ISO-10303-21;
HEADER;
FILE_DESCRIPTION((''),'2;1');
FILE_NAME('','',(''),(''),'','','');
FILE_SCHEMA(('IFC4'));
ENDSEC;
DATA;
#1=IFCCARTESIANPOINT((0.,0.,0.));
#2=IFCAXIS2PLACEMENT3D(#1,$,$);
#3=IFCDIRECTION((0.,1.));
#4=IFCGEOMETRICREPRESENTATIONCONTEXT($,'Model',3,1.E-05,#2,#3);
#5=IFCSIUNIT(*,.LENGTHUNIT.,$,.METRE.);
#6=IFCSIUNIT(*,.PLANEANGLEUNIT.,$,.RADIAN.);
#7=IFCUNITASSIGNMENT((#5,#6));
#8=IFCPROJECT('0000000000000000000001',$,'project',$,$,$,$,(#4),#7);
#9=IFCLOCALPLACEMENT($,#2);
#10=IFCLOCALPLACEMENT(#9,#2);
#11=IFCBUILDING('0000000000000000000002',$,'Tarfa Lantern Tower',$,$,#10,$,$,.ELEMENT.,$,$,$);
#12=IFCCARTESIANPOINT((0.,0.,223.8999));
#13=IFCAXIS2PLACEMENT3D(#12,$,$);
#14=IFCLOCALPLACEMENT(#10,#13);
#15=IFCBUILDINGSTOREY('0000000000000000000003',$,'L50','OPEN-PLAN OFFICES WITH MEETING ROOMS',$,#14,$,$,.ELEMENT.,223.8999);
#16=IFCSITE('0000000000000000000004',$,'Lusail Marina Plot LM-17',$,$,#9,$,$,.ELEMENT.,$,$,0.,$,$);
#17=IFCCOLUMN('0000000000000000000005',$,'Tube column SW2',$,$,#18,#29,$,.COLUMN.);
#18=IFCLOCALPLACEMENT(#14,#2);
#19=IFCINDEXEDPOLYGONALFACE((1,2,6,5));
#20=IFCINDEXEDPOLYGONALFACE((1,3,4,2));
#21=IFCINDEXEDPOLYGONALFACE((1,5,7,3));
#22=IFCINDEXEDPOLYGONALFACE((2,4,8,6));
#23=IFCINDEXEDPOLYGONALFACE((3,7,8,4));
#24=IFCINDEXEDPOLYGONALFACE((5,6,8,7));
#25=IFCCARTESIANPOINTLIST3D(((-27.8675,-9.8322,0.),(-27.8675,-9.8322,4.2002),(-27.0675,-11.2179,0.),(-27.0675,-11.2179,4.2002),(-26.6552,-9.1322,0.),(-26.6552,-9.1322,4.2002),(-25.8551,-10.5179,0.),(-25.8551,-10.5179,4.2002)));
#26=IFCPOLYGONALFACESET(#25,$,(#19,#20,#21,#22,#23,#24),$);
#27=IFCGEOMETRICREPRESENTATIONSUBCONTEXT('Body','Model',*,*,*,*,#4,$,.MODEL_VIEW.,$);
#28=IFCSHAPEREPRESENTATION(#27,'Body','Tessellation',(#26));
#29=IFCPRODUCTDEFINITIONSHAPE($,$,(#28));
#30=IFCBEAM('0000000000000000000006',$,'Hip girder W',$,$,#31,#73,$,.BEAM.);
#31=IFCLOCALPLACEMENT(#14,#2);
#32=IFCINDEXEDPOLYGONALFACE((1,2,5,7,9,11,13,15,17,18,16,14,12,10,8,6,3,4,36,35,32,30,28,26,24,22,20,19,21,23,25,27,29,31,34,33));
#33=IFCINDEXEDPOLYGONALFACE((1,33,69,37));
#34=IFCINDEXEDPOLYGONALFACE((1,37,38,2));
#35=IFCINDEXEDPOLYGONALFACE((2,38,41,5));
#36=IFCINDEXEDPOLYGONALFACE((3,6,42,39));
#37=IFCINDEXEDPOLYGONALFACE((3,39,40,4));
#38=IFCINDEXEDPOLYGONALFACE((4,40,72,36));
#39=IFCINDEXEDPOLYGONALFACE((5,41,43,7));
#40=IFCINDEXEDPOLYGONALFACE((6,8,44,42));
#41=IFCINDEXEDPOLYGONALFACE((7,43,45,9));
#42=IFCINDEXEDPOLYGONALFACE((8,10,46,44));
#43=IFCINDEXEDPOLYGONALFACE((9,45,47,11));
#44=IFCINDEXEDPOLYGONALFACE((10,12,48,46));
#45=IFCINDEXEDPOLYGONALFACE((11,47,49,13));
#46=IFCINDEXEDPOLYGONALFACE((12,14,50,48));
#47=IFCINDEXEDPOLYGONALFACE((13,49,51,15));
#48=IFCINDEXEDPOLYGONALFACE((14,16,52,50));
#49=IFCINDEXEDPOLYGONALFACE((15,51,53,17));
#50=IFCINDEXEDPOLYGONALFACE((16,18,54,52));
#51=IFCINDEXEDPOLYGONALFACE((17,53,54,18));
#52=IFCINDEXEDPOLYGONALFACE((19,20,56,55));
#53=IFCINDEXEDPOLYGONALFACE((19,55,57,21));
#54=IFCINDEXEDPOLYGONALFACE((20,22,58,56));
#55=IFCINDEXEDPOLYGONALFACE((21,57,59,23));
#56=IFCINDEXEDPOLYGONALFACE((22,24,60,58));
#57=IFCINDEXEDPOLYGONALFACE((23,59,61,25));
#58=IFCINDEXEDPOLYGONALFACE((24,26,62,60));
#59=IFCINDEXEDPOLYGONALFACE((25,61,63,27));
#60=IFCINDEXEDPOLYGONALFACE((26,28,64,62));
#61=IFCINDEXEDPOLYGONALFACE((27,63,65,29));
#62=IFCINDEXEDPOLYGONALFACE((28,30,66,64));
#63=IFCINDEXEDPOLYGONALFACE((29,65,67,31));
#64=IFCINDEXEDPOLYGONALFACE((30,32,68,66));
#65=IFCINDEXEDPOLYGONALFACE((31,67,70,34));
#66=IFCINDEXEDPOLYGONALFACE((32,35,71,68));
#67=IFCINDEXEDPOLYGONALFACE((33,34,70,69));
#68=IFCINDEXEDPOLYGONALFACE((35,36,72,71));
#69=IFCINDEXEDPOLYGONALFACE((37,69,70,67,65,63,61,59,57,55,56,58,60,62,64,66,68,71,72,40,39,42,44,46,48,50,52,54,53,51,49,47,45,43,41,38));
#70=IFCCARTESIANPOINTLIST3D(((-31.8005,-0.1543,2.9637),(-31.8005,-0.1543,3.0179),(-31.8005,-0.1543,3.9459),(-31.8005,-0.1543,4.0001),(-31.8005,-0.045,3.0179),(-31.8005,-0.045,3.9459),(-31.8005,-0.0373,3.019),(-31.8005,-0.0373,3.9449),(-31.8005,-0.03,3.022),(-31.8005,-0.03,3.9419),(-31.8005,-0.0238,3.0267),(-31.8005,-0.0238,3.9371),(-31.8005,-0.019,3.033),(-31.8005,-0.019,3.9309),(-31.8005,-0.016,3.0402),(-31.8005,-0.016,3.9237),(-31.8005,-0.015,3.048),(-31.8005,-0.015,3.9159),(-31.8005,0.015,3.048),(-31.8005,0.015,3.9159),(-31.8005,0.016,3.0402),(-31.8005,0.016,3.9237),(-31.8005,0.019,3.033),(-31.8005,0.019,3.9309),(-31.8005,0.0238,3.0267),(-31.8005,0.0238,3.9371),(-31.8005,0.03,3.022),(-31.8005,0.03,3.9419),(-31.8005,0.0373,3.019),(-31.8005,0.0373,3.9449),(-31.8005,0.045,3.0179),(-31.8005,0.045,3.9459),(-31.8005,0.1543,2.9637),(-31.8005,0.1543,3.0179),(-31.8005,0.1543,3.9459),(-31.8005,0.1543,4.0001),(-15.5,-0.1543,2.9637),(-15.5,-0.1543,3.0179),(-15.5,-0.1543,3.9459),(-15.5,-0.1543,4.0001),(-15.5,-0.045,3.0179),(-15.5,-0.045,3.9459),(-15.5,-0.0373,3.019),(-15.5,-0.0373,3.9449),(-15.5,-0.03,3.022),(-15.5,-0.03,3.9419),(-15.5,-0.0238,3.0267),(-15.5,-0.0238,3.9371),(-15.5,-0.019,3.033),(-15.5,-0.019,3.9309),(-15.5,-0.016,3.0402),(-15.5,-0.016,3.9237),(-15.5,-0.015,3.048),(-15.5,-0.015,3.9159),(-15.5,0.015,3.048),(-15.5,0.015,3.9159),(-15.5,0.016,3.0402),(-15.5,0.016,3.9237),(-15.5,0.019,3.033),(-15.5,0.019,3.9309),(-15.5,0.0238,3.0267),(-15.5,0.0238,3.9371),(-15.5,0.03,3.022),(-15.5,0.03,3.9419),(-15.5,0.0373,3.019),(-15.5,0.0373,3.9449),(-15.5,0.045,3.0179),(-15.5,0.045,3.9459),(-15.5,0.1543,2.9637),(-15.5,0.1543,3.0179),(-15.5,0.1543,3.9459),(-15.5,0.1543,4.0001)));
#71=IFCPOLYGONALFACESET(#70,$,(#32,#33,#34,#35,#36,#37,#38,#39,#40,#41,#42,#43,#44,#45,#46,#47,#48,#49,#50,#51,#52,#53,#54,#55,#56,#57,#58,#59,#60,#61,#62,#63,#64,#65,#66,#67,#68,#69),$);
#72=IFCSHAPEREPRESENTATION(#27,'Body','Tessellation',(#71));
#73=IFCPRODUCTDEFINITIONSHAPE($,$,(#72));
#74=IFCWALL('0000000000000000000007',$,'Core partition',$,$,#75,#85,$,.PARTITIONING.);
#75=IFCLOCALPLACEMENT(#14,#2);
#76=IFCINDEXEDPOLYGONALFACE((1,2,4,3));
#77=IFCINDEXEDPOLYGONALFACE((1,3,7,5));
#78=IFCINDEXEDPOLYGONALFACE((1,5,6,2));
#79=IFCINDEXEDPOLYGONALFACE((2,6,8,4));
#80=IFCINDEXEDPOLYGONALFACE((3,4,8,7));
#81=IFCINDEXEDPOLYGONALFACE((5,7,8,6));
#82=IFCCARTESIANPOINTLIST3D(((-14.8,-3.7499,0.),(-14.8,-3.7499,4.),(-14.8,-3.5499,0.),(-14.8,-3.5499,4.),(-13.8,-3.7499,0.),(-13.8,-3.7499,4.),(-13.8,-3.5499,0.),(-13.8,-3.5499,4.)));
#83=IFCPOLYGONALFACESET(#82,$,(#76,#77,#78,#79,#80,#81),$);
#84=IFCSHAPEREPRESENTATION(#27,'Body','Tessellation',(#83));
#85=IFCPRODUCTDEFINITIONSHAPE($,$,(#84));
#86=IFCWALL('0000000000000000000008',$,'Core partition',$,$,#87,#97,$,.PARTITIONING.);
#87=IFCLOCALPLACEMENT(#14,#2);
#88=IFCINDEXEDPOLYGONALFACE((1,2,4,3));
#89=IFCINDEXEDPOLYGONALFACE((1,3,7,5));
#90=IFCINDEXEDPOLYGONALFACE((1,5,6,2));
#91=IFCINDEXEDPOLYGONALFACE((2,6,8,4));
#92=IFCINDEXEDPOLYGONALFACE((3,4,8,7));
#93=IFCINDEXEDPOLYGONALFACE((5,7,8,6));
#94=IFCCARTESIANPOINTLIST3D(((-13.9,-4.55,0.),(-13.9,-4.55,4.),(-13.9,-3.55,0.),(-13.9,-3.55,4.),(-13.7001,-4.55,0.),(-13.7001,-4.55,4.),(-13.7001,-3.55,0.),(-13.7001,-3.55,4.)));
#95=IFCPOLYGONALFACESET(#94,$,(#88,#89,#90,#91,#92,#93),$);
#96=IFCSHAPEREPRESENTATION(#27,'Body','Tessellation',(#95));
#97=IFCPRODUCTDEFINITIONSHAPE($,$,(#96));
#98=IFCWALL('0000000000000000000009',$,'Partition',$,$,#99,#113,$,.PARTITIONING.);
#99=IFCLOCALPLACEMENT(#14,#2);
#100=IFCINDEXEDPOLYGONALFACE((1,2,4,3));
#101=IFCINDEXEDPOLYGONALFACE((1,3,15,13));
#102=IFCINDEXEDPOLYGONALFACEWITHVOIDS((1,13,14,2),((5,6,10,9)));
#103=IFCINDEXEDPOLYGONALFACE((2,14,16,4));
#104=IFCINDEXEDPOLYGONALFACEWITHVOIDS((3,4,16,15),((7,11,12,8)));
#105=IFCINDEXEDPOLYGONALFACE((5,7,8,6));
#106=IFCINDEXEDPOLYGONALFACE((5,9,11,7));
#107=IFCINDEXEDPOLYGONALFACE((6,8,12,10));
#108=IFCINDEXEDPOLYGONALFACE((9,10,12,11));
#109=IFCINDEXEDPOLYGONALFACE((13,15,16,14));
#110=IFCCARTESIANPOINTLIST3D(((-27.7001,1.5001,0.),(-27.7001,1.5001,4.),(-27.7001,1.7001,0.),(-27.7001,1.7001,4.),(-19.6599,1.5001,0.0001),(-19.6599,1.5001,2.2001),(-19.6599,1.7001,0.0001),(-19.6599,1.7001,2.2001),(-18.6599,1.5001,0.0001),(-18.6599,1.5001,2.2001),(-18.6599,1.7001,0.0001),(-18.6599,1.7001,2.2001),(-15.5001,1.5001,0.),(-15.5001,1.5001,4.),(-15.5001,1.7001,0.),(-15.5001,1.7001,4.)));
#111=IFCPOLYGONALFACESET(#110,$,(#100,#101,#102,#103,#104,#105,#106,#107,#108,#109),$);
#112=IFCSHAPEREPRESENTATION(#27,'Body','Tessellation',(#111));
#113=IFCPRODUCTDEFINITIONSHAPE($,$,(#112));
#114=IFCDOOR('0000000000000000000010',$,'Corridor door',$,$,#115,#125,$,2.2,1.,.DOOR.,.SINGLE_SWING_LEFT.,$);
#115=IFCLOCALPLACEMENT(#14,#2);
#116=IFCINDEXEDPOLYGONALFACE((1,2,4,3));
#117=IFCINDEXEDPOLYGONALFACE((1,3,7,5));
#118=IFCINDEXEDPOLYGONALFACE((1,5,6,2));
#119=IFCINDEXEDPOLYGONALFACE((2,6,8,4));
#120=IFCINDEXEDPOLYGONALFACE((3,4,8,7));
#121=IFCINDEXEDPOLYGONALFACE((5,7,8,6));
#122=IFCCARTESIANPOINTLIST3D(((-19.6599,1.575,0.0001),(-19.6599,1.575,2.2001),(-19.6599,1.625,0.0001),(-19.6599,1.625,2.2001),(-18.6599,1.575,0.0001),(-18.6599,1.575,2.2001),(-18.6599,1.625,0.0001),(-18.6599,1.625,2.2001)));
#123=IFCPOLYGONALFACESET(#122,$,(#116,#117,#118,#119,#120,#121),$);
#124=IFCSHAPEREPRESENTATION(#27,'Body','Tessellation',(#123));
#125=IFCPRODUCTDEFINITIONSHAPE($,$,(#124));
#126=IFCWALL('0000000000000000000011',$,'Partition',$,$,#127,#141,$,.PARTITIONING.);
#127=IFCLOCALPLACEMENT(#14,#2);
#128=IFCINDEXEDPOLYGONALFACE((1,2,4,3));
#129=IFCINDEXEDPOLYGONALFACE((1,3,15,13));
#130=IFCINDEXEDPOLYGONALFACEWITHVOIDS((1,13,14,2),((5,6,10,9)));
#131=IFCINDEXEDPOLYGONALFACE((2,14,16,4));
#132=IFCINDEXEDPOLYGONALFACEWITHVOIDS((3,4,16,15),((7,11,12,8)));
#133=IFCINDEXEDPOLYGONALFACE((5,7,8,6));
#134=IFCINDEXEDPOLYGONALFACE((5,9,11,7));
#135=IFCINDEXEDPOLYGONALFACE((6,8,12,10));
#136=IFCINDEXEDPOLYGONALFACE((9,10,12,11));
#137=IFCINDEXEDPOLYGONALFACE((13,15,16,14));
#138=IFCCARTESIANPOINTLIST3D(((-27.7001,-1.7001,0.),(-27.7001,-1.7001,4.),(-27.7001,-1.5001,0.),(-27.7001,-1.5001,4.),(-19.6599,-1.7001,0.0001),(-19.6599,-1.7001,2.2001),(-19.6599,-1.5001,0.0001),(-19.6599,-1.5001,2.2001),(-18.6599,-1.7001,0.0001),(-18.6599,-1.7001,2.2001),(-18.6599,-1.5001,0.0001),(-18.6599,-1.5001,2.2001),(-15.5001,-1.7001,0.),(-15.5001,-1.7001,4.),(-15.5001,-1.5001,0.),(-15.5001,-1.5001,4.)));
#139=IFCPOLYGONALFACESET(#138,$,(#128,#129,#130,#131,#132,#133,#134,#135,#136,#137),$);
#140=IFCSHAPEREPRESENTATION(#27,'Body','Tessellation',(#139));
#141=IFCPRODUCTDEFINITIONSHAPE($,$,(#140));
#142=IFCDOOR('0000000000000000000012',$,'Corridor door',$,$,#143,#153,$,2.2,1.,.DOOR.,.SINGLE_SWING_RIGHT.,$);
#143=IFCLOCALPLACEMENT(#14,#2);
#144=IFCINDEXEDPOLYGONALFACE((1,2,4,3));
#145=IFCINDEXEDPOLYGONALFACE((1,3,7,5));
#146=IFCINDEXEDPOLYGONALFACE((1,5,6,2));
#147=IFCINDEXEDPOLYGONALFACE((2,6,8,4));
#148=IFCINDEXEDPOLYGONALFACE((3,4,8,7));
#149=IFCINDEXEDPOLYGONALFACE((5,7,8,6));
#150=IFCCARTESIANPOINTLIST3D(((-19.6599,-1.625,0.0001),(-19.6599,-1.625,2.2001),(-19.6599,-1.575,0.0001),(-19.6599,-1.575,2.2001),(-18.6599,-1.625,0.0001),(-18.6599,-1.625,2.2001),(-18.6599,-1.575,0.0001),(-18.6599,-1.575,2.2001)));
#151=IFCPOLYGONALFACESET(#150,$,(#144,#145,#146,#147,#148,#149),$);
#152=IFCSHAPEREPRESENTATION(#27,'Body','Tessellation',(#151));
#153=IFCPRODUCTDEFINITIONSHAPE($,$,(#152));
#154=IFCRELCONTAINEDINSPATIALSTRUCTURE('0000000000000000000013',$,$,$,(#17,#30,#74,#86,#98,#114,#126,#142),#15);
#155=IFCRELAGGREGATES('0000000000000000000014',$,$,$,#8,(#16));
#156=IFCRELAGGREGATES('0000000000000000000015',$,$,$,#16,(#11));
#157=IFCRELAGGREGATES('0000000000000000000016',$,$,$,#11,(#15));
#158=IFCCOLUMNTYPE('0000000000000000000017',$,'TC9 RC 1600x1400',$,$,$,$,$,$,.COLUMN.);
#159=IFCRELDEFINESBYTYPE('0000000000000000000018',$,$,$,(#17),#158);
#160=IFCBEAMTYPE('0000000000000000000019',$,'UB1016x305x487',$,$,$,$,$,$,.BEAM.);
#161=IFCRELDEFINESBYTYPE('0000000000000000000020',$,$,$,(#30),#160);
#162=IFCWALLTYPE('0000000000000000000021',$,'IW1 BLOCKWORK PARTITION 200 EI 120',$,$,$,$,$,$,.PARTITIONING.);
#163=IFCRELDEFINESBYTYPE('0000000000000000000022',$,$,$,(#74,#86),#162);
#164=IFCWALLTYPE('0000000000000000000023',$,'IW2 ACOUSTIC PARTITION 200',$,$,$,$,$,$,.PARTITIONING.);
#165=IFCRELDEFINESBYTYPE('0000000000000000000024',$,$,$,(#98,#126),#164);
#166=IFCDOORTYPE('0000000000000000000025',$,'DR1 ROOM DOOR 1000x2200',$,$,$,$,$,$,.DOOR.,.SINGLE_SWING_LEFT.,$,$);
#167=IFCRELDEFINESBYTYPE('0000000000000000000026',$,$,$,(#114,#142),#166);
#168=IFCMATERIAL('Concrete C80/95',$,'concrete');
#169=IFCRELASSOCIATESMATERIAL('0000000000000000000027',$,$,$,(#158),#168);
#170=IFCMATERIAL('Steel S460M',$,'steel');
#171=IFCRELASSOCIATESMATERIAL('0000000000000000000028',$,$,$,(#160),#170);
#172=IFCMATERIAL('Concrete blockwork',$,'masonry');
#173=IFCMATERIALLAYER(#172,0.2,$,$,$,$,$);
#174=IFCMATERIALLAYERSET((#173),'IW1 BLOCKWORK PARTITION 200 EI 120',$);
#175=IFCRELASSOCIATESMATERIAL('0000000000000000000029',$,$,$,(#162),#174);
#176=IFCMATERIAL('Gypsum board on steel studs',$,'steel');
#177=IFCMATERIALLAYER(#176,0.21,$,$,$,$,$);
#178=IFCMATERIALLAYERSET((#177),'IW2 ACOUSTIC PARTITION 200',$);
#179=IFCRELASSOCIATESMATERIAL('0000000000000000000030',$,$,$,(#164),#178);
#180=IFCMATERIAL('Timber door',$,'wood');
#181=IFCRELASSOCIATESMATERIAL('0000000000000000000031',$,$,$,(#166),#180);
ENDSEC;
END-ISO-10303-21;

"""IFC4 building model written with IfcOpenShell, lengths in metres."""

from ifc_helpers import new_model, si_unit, direction, frame, frame_2d, origin, origin_2d, place, context, subcontext, project, spatial, rectangle, i_section, extrude, material, layer, layer_set, material_profile, profile_set, type_object, element, fill, save


model = new_model("IFC4")

# Units and contexts
model_context = context("Model", 3, precision=1e-05, world=origin(), true_north=direction((0.0, 1.0)))
body_context = subcontext(model_context, "Body", "Model", "MODEL_VIEW")
ifc_project = project(units=[si_unit("LENGTHUNIT", "METRE"), si_unit("PLANEANGLEUNIT", "RADIAN")], contexts=[model_context])

# Site, building, storey
site_placement = place(None, origin())
site = spatial("IfcSite", under=ifc_project, at=site_placement, Name="Lusail Marina Plot LM-17", CompositionType="ELEMENT", RefElevation=0.0)
building_placement = place(site_placement, origin())
building = spatial("IfcBuilding", under=site, at=building_placement, Name="Tarfa Lantern Tower", CompositionType="ELEMENT")
storey_placement = place(building_placement, frame((0.0, 0.0, 223.8999)))
storey = spatial("IfcBuildingStorey", under=building, at=storey_placement, Name="L50", Description="OPEN-PLAN OFFICES WITH MEETING ROOMS", CompositionType="ELEMENT", Elevation=223.8999)

# Column
ifc_material_1 = material(Name="Concrete C80/95", Category="concrete")
ifc_material_profile_1 = material_profile(ifc_material_1, rectangle(XDim=1.6001, YDim=1.3999, at=origin_2d()), Name="RC 1600x1400")
ifc_profile_set_1 = profile_set([ifc_material_profile_1], Name="Concrete C80/95")
column_type = type_object("IfcColumnType", Name="TC9 RC 1600x1400", PredefinedType="COLUMN", material=ifc_profile_set_1)
column_placement = place(storey_placement, frame((-26.8613, -10.175, 0.0), z_axis=(0.0, 0.0, 1.0), x_axis=(0.5, -0.866025, 0.0)))
element("IfcColumn", 1, at=column_placement, inside=storey, type_object=column_type, Name="Tube column SW2", PredefinedType="COLUMN", context=body_context, shape_type="SweptSolid", body=[
    extrude(rectangle(XDim=1.6001, YDim=1.3999, at=origin_2d()), origin(), (0.0, 0.0, 1.0), 4.2002),
])

# Beam
ifc_material_2 = material(Name="Steel S460M", Category="steel")
ifc_material_profile_2 = material_profile(ifc_material_2, i_section(OverallWidth=0.3086, OverallDepth=1.0364, WebThickness=0.03, FlangeThickness=0.0542, FilletRadius=0.03, at=origin_2d()), Name="UB1016x305x487")
ifc_profile_set_2 = profile_set([ifc_material_profile_2], Name="Steel S460M")
beam_type = type_object("IfcBeamType", Name="UB1016x305x487", PredefinedType="BEAM", material=ifc_profile_set_2)
beam_placement = place(storey_placement, frame((-15.5, 0.0, 3.4819), z_axis=(-1.0, 0.0, 0.0), x_axis=(0.0, -1.0, 0.0)))
element("IfcBeam", 2, at=beam_placement, inside=storey, type_object=beam_type, Name="Hip girder W", PredefinedType="BEAM", context=body_context, shape_type="SweptSolid", body=[
    extrude(i_section(OverallWidth=0.3086, OverallDepth=1.0364, WebThickness=0.03, FlangeThickness=0.0542, FilletRadius=0.03, at=origin_2d()), origin(), (0.0, 0.0, 1.0), 16.3005),
])

# Walls
ifc_material_3 = material(Name="Concrete blockwork", Category="masonry")
ifc_layer_1 = layer(ifc_material_3, 0.2)
ifc_layer_set_1 = layer_set([ifc_layer_1], Name="IW1 BLOCKWORK PARTITION 200 EI 120")
wall_type_1 = type_object("IfcWallType", Name="IW1 BLOCKWORK PARTITION 200 EI 120", PredefinedType="PARTITIONING", material=ifc_layer_set_1)
for number, where, z_axis, x_axis, name in (
    (3, (-13.8, -3.6499, 0.0), (0.0, 0.0, 1.0), (-1.0, 0.0, 0.0), "Core partition"),
    (4, (-13.8, -3.55, 0.0), (0.0, 0.0, 1.0), (0.0, -1.0, 0.0), "Core partition"),
):
    element("IfcWall", number, at=place(storey_placement, frame(where, z_axis=z_axis, x_axis=x_axis)), inside=storey, type_object=wall_type_1, Name=name, PredefinedType="PARTITIONING", context=body_context, shape_type="SweptSolid", body=[
        extrude(rectangle(XDim=1.0, YDim=0.2, at=frame_2d((0.5, 0.0))), origin(), (0.0, 0.0, 1.0), 4.0),
    ])

# Walls, openings, doors
ifc_material_4 = material(Name="Gypsum board on steel studs", Category="steel")
ifc_layer_2 = layer(ifc_material_4, 0.21)
ifc_layer_set_2 = layer_set([ifc_layer_2], Name="IW2 ACOUSTIC PARTITION 200")
wall_type_2 = type_object("IfcWallType", Name="IW2 ACOUSTIC PARTITION 200", PredefinedType="PARTITIONING", material=ifc_layer_set_2)
wall_1_placement = place(storey_placement, frame((-15.5, 1.6001, 0.0), z_axis=(0.0, 0.0, 1.0), x_axis=(-1.0, 0.0, 0.0)))
wall_1 = element("IfcWall", 5, at=wall_1_placement, inside=storey, type_object=wall_type_2, Name="Partition", PredefinedType="PARTITIONING", context=body_context, shape_type="SweptSolid", body=[
    extrude(rectangle(XDim=12.2, YDim=0.2, at=frame_2d((6.1001, 0.0))), origin(), (0.0, 0.0, 1.0), 4.0),
])
opening_1_placement = place(wall_1_placement, frame((3.1599, 0.0, 0.0)))
opening_1 = element("IfcOpeningElement", 6, at=opening_1_placement, cuts=wall_1, PredefinedType="OPENING", context=body_context, shape_type="SweptSolid", body=[
    extrude(rectangle(XDim=1.0, YDim=2.2, at=frame_2d((0.5, 1.1001))), frame((0.0, 0.1099, 0.0), z_axis=(0.0, -1.0, 0.0), x_axis=(1.0, 0.0, 0.0)), (0.0, 0.0, 1.0), 0.22),
])
ifc_material_5 = material(Name="Timber door", Category="wood")
door_type_1 = type_object("IfcDoorType", Name="DR1 ROOM DOOR 1000x2200", OperationType="SINGLE_SWING_LEFT", PredefinedType="DOOR", material=ifc_material_5)
door_1_placement = place(opening_1_placement, frame((1.0, 0.0, 0.0), z_axis=(0.0, 0.0, 1.0), x_axis=(-1.0, 0.0, 0.0)))
door_1 = element("IfcDoor", 7, at=door_1_placement, inside=storey, type_object=door_type_1, Name="Corridor door", OperationType="SINGLE_SWING_LEFT", OverallHeight=2.2, OverallWidth=1.0, PredefinedType="DOOR", context=body_context, shape_type="SweptSolid", body=[
    extrude(rectangle(XDim=1.0, YDim=2.2, at=frame_2d((0.5, 1.1001))), frame((0.0, 0.0249, 0.0), z_axis=(0.0, -1.0, 0.0), x_axis=(1.0, 0.0, 0.0)), (0.0, 0.0, 1.0), 0.05),
])
fill(opening_1, door_1)
wall_2_placement = place(storey_placement, frame((-15.5, -1.6001, 0.0), z_axis=(0.0, 0.0, 1.0), x_axis=(-1.0, 0.0, 0.0)))
wall_2 = element("IfcWall", 8, at=wall_2_placement, inside=storey, type_object=wall_type_2, Name="Partition", PredefinedType="PARTITIONING", context=body_context, shape_type="SweptSolid", body=[
    extrude(rectangle(XDim=12.2, YDim=0.2, at=frame_2d((6.1001, 0.0))), origin(), (0.0, 0.0, 1.0), 4.0),
])
opening_2_placement = place(wall_2_placement, frame((3.1599, 0.0, 0.0)))
opening_2 = element("IfcOpeningElement", 9, at=opening_2_placement, cuts=wall_2, PredefinedType="OPENING", context=body_context, shape_type="SweptSolid", body=[
    extrude(rectangle(XDim=1.0, YDim=2.2, at=frame_2d((0.5, 1.1001))), frame((0.0, 0.1099, 0.0), z_axis=(0.0, -1.0, 0.0), x_axis=(1.0, 0.0, 0.0)), (0.0, 0.0, 1.0), 0.22),
])
door_2_placement = place(opening_2_placement, origin())
door_2 = element("IfcDoor", 10, at=door_2_placement, inside=storey, type_object=door_type_1, Name="Corridor door", OperationType="SINGLE_SWING_RIGHT", OverallHeight=2.2, OverallWidth=1.0, PredefinedType="DOOR", context=body_context, shape_type="SweptSolid", body=[
    extrude(rectangle(XDim=1.0, YDim=2.2, at=frame_2d((0.5, 1.1001))), frame((0.0, 0.0249, 0.0), z_axis=(0.0, -1.0, 0.0), x_axis=(1.0, 0.0, 0.0)), (0.0, 0.0, 1.0), 0.05),
])
fill(opening_2, door_2)

save(model, "model.ifc")
